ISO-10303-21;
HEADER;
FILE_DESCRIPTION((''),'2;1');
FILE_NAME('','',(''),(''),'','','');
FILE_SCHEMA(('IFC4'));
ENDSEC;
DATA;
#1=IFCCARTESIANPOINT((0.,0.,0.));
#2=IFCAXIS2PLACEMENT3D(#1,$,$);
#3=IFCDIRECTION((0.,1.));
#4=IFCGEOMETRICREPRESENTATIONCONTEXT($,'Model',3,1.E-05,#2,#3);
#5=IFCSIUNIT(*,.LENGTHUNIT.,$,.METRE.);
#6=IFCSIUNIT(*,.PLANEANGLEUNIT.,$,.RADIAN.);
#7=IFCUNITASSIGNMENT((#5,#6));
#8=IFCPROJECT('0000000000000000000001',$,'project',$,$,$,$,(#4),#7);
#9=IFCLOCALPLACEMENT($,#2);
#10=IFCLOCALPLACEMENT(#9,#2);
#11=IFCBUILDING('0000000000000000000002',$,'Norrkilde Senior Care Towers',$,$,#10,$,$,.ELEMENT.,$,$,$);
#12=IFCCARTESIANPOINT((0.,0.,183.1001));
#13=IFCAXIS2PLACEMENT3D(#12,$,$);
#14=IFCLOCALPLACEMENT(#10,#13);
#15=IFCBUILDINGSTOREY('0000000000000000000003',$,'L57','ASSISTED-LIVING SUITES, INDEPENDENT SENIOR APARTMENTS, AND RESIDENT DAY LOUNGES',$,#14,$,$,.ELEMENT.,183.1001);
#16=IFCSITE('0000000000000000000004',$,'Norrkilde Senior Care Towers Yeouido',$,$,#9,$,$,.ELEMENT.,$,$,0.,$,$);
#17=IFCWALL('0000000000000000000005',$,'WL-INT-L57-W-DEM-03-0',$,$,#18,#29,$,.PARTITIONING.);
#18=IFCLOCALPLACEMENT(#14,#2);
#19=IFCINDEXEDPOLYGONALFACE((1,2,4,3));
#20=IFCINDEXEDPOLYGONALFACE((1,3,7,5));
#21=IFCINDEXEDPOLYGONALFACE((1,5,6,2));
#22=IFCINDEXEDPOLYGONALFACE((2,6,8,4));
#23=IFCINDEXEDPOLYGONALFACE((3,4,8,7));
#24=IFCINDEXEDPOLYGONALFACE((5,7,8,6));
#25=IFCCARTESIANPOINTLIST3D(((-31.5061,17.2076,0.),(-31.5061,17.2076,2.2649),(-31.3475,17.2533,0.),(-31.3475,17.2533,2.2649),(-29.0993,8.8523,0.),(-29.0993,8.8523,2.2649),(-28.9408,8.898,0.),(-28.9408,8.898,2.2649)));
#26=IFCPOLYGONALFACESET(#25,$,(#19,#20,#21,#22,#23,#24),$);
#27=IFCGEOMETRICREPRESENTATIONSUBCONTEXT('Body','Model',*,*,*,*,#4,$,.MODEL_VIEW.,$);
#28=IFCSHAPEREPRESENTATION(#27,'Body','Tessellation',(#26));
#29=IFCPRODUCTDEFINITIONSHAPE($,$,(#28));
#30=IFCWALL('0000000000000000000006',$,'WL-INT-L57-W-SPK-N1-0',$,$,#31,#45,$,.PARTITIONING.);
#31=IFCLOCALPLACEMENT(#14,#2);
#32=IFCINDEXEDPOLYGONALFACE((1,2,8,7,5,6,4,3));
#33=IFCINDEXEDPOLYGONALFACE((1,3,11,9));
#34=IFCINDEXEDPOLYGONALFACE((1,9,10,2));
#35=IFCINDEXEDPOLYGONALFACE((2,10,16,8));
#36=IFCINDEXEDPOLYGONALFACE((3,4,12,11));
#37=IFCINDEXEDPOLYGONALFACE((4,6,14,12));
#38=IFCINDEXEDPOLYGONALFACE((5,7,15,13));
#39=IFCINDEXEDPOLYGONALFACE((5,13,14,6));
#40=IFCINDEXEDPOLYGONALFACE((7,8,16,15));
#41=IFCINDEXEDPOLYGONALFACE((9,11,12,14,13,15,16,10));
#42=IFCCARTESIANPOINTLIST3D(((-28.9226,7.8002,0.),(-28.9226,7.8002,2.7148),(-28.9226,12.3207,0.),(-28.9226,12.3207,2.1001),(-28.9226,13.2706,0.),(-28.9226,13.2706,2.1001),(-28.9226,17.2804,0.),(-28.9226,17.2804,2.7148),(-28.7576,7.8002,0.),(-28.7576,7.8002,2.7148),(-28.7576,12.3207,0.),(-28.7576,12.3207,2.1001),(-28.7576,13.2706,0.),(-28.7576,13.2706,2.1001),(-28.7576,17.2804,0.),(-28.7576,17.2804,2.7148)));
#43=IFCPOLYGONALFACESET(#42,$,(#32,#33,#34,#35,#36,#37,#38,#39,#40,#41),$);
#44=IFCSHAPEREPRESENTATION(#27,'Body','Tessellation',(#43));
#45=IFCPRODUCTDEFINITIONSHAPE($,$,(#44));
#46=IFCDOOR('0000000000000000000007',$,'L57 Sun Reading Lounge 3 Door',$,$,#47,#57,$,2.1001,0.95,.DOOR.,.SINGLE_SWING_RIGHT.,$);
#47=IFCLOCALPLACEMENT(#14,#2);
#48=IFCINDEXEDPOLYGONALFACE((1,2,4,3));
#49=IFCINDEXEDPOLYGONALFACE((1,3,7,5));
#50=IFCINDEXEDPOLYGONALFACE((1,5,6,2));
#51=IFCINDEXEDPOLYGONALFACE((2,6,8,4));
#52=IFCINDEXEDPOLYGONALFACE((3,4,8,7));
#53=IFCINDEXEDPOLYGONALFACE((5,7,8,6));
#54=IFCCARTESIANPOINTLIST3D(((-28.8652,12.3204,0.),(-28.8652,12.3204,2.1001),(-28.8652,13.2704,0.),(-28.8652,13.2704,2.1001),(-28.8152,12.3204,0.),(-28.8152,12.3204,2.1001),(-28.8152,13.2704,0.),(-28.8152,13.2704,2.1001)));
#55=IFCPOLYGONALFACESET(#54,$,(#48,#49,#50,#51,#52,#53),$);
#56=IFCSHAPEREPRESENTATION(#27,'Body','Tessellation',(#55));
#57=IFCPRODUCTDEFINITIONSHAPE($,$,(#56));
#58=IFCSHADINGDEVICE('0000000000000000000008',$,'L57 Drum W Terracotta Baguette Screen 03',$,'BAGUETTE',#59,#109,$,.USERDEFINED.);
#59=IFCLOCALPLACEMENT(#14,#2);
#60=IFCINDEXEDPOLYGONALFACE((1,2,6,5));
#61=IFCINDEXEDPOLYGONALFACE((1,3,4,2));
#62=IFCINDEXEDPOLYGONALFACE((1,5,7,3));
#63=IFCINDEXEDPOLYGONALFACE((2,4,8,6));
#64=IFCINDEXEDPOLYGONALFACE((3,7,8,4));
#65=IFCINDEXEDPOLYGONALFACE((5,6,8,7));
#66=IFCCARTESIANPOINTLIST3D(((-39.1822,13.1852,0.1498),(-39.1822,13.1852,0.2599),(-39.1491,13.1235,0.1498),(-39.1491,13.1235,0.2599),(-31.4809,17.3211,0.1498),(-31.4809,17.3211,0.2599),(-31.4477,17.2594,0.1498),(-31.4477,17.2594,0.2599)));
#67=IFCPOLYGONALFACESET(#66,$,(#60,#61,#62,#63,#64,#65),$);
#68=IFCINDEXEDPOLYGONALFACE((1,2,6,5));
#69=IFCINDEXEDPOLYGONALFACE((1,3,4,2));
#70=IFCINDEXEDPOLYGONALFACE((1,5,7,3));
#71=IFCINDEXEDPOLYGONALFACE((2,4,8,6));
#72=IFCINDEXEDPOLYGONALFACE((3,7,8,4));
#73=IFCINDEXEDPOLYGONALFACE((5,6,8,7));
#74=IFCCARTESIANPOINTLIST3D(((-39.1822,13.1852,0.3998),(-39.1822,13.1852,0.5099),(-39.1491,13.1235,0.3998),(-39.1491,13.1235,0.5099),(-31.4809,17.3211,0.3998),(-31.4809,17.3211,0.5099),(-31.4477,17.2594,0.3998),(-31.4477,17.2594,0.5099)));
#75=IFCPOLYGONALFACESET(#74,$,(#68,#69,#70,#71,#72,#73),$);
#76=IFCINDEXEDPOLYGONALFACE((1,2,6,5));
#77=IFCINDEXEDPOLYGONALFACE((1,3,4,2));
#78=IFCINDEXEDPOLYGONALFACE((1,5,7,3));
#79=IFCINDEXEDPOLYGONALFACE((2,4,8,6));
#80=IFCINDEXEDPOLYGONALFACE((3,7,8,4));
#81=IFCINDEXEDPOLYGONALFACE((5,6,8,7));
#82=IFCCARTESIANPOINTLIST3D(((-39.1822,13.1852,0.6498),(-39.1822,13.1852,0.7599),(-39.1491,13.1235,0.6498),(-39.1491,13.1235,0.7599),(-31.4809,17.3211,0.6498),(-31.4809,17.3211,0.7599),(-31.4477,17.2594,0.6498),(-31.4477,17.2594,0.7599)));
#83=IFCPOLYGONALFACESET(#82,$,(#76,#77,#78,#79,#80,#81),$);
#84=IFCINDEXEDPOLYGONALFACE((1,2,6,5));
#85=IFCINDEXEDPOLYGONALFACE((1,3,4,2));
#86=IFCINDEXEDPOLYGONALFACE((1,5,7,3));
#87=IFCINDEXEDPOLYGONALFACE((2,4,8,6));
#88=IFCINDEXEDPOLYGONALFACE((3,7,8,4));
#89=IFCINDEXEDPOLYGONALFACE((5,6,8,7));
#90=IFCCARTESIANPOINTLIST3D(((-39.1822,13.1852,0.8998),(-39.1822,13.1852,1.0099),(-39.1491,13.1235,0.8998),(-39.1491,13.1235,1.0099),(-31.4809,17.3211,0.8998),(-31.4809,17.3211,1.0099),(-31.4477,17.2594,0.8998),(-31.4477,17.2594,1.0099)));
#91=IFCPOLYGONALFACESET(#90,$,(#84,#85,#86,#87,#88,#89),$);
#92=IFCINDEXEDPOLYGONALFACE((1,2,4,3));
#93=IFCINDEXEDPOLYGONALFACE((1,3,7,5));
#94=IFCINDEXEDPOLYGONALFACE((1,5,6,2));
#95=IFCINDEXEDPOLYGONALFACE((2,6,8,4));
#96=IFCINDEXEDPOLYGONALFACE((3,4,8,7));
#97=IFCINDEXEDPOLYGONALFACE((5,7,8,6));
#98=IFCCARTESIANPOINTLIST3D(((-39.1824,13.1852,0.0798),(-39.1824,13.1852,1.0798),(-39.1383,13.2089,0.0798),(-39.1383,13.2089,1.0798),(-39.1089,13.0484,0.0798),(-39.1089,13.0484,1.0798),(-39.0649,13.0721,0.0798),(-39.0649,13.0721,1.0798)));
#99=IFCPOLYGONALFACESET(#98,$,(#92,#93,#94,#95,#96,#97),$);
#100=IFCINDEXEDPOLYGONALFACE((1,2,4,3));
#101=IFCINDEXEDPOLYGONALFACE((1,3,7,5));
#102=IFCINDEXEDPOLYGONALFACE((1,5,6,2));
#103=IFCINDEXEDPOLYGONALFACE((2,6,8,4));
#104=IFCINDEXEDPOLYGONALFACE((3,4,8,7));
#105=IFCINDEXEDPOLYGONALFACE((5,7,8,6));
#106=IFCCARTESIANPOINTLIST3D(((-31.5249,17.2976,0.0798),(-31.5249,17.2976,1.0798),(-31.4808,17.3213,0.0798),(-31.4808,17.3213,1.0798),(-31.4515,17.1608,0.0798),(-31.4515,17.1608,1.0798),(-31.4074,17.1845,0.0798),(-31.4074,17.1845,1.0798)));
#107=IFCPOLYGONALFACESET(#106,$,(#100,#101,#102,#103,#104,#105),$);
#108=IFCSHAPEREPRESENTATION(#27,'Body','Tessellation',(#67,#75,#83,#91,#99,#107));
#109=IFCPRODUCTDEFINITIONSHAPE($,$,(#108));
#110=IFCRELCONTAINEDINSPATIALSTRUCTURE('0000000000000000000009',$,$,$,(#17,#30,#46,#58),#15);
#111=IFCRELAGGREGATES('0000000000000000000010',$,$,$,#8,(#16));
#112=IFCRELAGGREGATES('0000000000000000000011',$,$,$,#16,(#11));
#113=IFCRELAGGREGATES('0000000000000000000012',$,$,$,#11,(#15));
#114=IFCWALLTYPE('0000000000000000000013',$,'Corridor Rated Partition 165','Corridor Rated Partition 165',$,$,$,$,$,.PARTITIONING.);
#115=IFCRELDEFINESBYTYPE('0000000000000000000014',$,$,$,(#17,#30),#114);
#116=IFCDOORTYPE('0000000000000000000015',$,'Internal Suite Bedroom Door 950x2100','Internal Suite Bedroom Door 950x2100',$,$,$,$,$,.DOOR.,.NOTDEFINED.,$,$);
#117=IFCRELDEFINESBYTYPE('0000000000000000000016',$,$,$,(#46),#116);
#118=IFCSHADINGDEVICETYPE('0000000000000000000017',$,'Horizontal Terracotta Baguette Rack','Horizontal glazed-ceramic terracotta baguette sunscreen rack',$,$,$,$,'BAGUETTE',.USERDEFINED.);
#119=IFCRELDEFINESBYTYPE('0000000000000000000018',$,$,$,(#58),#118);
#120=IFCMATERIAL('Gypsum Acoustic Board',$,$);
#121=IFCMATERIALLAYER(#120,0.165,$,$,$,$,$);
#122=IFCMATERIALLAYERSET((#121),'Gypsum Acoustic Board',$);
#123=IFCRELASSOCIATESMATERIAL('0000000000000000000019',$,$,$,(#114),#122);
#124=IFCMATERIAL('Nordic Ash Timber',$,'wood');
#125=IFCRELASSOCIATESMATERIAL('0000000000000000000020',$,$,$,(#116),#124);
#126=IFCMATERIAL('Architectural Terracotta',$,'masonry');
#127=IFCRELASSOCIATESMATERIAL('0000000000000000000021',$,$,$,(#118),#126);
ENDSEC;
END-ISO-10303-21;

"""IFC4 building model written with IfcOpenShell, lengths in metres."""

from ifc_helpers import new_model, si_unit, direction, frame, frame_2d, origin, origin_2d, place, context, subcontext, project, spatial, rectangle, extrude, source, transform, mapped, material, layer, layer_set, type_object, type_shapes, element, fill, save


model = new_model("IFC4")

# Units and contexts
model_context = context("Model", 3, precision=1e-05, world=origin(), true_north=direction((0.0, 1.0)))
body_context = subcontext(model_context, "Body", "Model", "MODEL_VIEW")
ifc_project = project(units=[si_unit("LENGTHUNIT", "METRE"), si_unit("PLANEANGLEUNIT", "RADIAN")], contexts=[model_context])

# Site, building, storey
site_placement = place(None, origin())
site = spatial("IfcSite", under=ifc_project, at=site_placement, Name="Norrkilde Senior Care Towers Yeouido", CompositionType="ELEMENT", RefElevation=0.0)
building_placement = place(site_placement, origin())
building = spatial("IfcBuilding", under=site, at=building_placement, Name="Norrkilde Senior Care Towers", CompositionType="ELEMENT")
storey_placement = place(building_placement, frame((0.0, 0.0, 183.1001)))
storey = spatial("IfcBuildingStorey", under=building, at=storey_placement, Name="L57", Description="ASSISTED-LIVING SUITES, INDEPENDENT SENIOR APARTMENTS, AND RESIDENT DAY LOUNGES", CompositionType="ELEMENT", Elevation=183.1001)

# Shared definitions
ifc_material_1 = material(Name="Gypsum Acoustic Board")
ifc_layer_1 = layer(ifc_material_1, 0.165)
ifc_layer_set_1 = layer_set([ifc_layer_1], Name="Gypsum Acoustic Board")
wall_type = type_object("IfcWallType", Name="Corridor Rated Partition 165", Description="Corridor Rated Partition 165", PredefinedType="PARTITIONING", material=ifc_layer_set_1)
ifc_material_2 = material(Name="Nordic Ash Timber", Category="wood")

# Wall
shared_shape_1 = source(origin(), body_context, "Body", "SweptSolid", [
    extrude(rectangle(XDim=8.6951, YDim=0.165, at=frame_2d((4.3477, 0.0))), origin(), (0.0, 0.0, 1.0), 2.2649),
])
wall_1_placement = place(storey_placement, frame((-29.02, 8.875, 0.0), z_axis=(0.0, 0.0, 1.0), x_axis=(-0.276797, 0.960928, 0.0)))
element("IfcWall", 1, at=wall_1_placement, inside=storey, type_object=wall_type, Name="WL-INT-L57-W-DEM-03-0", PredefinedType="PARTITIONING", context=body_context, shape_type="MappedRepresentation", body=[
    mapped(shared_shape_1, transform((0.0, 0.0, 0.0), x_axis=(1.0, 0.0, 0.0), y_axis=(0.0, 1.0, 0.0), z_axis=(0.0, 0.0, 1.0), scale=1.0)),
])

# Wall, opening, door
shared_shape_2 = source(origin(), body_context, "Body", "SweptSolid", [
    extrude(rectangle(XDim=9.4802, YDim=0.165, at=frame_2d((4.7402, 0.0))), origin(), (0.0, 0.0, 1.0), 2.7148),
])
wall_2_placement = place(storey_placement, frame((-28.8401, 7.8, 0.0), z_axis=(0.0, 0.0, 1.0), x_axis=(0.0, 1.0, 0.0)))
wall_2 = element("IfcWall", 2, at=wall_2_placement, inside=storey, type_object=wall_type, Name="WL-INT-L57-W-SPK-N1-0", PredefinedType="PARTITIONING", context=body_context, shape_type="MappedRepresentation", body=[
    mapped(shared_shape_2, transform((0.0, 0.0, 0.0), x_axis=(1.0, 0.0, 0.0), y_axis=(0.0, 1.0, 0.0), z_axis=(0.0, 0.0, 1.0), scale=1.0)),
])
opening_1_placement = place(wall_2_placement, frame((4.5205, 0.0, 0.0)))
opening_1 = element("IfcOpeningElement", 3, at=opening_1_placement, cuts=wall_2, PredefinedType="OPENING", context=body_context, shape_type="SweptSolid", body=[
    extrude(rectangle(XDim=0.95, YDim=2.1001, at=frame_2d((0.4751, 1.05))), frame((0.0, 0.0925, 0.0), z_axis=(0.0, -1.0, 0.0), x_axis=(1.0, 0.0, 0.0)), (0.0, 0.0, 1.0), 0.1851),
])
door_type_1 = type_object("IfcDoorType", Name="Internal Suite Bedroom Door 950x2100", Description="Internal Suite Bedroom Door 950x2100", OperationType="NOTDEFINED", PredefinedType="DOOR", material=ifc_material_2)
shared_shape_3 = source(origin(), body_context, "Body", "SweptSolid", [
    extrude(rectangle(XDim=0.95, YDim=2.1001, at=frame_2d((0.4751, 1.05))), frame((0.0, 0.0249, 0.0), z_axis=(0.0, -1.0, 0.0), x_axis=(1.0, 0.0, 0.0)), (0.0, 0.0, 1.0), 0.05),
])
type_shapes(door_type_1, [shared_shape_3])
door_1_placement = place(opening_1_placement, frame((0.95, 0.0, 0.0), z_axis=(0.0, 0.0, 1.0), x_axis=(-1.0, 0.0, 0.0)))
door_1 = element("IfcDoor", 4, at=door_1_placement, inside=storey, type_object=door_type_1, Name="L57 Sun Reading Lounge 3 Door", OperationType="SINGLE_SWING_RIGHT", OverallHeight=2.1001, OverallWidth=0.95, PredefinedType="DOOR", context=body_context, shape_type="MappedRepresentation", body=[
    mapped(shared_shape_3, transform((0.0, 0.0, 0.0), x_axis=(1.0, 0.0, 0.0), y_axis=(0.0, 1.0, 0.0), z_axis=(0.0, 0.0, 1.0), scale=1.0)),
])
fill(opening_1, door_1)

# Shading device
ifc_material_3 = material(Name="Architectural Terracotta", Category="masonry")
shading_device_type = type_object("IfcShadingDeviceType", Name="Horizontal Terracotta Baguette Rack", Description="Horizontal glazed-ceramic terracotta baguette sunscreen rack", ElementType="BAGUETTE", PredefinedType="USERDEFINED", material=ifc_material_3)
shared_shape_4 = source(origin(), body_context, "Body", "SweptSolid", [
    extrude(rectangle(XDim=0.0701, YDim=0.1101, at=origin_2d()), frame((0.0, 0.0901, 0.125), z_axis=(1.0, 0.0, 0.0), x_axis=(0.0, 1.0, 0.0)), (0.0, 0.0, 1.0), 8.7417),
    extrude(rectangle(XDim=0.0701, YDim=0.1101, at=origin_2d()), frame((0.0, 0.0901, 0.375), z_axis=(1.0, 0.0, 0.0), x_axis=(0.0, 1.0, 0.0)), (0.0, 0.0, 1.0), 8.7417),
    extrude(rectangle(XDim=0.0701, YDim=0.1101, at=origin_2d()), frame((0.0, 0.0901, 0.625), z_axis=(1.0, 0.0, 0.0), x_axis=(0.0, 1.0, 0.0)), (0.0, 0.0, 1.0), 8.7417),
    extrude(rectangle(XDim=0.0701, YDim=0.1101, at=origin_2d()), frame((0.0, 0.0901, 0.875), z_axis=(1.0, 0.0, 0.0), x_axis=(0.0, 1.0, 0.0)), (0.0, 0.0, 1.0), 8.7417),
    extrude(rectangle(XDim=0.05, YDim=0.1553, at=origin_2d()), frame((0.0249, 0.0476, 0.0)), (0.0, 0.0, 1.0), 1.0),
    extrude(rectangle(XDim=0.05, YDim=0.1553, at=origin_2d()), frame((8.7168, 0.0476, 0.0)), (0.0, 0.0, 1.0), 1.0),
])
type_shapes(shading_device_type, [shared_shape_4])
shading_device_placement = place(storey_placement, frame((-39.123, 13.075, 0.0798), z_axis=(0.0, 0.0, 1.0), x_axis=(0.880998, 0.473133, 0.0)))
element("IfcShadingDevice", 5, at=shading_device_placement, inside=storey, type_object=shading_device_type, Name="L57 Drum W Terracotta Baguette Screen 03", ObjectType="BAGUETTE", PredefinedType="USERDEFINED", context=body_context, shape_type="MappedRepresentation", body=[
    mapped(shared_shape_4, transform((0.0, 0.0, 0.0), x_axis=(1.0, 0.0, 0.0), y_axis=(0.0, 1.0, 0.0), z_axis=(0.0, 0.0, 1.0), scale=1.0)),
])

save(model, "model.ifc")
